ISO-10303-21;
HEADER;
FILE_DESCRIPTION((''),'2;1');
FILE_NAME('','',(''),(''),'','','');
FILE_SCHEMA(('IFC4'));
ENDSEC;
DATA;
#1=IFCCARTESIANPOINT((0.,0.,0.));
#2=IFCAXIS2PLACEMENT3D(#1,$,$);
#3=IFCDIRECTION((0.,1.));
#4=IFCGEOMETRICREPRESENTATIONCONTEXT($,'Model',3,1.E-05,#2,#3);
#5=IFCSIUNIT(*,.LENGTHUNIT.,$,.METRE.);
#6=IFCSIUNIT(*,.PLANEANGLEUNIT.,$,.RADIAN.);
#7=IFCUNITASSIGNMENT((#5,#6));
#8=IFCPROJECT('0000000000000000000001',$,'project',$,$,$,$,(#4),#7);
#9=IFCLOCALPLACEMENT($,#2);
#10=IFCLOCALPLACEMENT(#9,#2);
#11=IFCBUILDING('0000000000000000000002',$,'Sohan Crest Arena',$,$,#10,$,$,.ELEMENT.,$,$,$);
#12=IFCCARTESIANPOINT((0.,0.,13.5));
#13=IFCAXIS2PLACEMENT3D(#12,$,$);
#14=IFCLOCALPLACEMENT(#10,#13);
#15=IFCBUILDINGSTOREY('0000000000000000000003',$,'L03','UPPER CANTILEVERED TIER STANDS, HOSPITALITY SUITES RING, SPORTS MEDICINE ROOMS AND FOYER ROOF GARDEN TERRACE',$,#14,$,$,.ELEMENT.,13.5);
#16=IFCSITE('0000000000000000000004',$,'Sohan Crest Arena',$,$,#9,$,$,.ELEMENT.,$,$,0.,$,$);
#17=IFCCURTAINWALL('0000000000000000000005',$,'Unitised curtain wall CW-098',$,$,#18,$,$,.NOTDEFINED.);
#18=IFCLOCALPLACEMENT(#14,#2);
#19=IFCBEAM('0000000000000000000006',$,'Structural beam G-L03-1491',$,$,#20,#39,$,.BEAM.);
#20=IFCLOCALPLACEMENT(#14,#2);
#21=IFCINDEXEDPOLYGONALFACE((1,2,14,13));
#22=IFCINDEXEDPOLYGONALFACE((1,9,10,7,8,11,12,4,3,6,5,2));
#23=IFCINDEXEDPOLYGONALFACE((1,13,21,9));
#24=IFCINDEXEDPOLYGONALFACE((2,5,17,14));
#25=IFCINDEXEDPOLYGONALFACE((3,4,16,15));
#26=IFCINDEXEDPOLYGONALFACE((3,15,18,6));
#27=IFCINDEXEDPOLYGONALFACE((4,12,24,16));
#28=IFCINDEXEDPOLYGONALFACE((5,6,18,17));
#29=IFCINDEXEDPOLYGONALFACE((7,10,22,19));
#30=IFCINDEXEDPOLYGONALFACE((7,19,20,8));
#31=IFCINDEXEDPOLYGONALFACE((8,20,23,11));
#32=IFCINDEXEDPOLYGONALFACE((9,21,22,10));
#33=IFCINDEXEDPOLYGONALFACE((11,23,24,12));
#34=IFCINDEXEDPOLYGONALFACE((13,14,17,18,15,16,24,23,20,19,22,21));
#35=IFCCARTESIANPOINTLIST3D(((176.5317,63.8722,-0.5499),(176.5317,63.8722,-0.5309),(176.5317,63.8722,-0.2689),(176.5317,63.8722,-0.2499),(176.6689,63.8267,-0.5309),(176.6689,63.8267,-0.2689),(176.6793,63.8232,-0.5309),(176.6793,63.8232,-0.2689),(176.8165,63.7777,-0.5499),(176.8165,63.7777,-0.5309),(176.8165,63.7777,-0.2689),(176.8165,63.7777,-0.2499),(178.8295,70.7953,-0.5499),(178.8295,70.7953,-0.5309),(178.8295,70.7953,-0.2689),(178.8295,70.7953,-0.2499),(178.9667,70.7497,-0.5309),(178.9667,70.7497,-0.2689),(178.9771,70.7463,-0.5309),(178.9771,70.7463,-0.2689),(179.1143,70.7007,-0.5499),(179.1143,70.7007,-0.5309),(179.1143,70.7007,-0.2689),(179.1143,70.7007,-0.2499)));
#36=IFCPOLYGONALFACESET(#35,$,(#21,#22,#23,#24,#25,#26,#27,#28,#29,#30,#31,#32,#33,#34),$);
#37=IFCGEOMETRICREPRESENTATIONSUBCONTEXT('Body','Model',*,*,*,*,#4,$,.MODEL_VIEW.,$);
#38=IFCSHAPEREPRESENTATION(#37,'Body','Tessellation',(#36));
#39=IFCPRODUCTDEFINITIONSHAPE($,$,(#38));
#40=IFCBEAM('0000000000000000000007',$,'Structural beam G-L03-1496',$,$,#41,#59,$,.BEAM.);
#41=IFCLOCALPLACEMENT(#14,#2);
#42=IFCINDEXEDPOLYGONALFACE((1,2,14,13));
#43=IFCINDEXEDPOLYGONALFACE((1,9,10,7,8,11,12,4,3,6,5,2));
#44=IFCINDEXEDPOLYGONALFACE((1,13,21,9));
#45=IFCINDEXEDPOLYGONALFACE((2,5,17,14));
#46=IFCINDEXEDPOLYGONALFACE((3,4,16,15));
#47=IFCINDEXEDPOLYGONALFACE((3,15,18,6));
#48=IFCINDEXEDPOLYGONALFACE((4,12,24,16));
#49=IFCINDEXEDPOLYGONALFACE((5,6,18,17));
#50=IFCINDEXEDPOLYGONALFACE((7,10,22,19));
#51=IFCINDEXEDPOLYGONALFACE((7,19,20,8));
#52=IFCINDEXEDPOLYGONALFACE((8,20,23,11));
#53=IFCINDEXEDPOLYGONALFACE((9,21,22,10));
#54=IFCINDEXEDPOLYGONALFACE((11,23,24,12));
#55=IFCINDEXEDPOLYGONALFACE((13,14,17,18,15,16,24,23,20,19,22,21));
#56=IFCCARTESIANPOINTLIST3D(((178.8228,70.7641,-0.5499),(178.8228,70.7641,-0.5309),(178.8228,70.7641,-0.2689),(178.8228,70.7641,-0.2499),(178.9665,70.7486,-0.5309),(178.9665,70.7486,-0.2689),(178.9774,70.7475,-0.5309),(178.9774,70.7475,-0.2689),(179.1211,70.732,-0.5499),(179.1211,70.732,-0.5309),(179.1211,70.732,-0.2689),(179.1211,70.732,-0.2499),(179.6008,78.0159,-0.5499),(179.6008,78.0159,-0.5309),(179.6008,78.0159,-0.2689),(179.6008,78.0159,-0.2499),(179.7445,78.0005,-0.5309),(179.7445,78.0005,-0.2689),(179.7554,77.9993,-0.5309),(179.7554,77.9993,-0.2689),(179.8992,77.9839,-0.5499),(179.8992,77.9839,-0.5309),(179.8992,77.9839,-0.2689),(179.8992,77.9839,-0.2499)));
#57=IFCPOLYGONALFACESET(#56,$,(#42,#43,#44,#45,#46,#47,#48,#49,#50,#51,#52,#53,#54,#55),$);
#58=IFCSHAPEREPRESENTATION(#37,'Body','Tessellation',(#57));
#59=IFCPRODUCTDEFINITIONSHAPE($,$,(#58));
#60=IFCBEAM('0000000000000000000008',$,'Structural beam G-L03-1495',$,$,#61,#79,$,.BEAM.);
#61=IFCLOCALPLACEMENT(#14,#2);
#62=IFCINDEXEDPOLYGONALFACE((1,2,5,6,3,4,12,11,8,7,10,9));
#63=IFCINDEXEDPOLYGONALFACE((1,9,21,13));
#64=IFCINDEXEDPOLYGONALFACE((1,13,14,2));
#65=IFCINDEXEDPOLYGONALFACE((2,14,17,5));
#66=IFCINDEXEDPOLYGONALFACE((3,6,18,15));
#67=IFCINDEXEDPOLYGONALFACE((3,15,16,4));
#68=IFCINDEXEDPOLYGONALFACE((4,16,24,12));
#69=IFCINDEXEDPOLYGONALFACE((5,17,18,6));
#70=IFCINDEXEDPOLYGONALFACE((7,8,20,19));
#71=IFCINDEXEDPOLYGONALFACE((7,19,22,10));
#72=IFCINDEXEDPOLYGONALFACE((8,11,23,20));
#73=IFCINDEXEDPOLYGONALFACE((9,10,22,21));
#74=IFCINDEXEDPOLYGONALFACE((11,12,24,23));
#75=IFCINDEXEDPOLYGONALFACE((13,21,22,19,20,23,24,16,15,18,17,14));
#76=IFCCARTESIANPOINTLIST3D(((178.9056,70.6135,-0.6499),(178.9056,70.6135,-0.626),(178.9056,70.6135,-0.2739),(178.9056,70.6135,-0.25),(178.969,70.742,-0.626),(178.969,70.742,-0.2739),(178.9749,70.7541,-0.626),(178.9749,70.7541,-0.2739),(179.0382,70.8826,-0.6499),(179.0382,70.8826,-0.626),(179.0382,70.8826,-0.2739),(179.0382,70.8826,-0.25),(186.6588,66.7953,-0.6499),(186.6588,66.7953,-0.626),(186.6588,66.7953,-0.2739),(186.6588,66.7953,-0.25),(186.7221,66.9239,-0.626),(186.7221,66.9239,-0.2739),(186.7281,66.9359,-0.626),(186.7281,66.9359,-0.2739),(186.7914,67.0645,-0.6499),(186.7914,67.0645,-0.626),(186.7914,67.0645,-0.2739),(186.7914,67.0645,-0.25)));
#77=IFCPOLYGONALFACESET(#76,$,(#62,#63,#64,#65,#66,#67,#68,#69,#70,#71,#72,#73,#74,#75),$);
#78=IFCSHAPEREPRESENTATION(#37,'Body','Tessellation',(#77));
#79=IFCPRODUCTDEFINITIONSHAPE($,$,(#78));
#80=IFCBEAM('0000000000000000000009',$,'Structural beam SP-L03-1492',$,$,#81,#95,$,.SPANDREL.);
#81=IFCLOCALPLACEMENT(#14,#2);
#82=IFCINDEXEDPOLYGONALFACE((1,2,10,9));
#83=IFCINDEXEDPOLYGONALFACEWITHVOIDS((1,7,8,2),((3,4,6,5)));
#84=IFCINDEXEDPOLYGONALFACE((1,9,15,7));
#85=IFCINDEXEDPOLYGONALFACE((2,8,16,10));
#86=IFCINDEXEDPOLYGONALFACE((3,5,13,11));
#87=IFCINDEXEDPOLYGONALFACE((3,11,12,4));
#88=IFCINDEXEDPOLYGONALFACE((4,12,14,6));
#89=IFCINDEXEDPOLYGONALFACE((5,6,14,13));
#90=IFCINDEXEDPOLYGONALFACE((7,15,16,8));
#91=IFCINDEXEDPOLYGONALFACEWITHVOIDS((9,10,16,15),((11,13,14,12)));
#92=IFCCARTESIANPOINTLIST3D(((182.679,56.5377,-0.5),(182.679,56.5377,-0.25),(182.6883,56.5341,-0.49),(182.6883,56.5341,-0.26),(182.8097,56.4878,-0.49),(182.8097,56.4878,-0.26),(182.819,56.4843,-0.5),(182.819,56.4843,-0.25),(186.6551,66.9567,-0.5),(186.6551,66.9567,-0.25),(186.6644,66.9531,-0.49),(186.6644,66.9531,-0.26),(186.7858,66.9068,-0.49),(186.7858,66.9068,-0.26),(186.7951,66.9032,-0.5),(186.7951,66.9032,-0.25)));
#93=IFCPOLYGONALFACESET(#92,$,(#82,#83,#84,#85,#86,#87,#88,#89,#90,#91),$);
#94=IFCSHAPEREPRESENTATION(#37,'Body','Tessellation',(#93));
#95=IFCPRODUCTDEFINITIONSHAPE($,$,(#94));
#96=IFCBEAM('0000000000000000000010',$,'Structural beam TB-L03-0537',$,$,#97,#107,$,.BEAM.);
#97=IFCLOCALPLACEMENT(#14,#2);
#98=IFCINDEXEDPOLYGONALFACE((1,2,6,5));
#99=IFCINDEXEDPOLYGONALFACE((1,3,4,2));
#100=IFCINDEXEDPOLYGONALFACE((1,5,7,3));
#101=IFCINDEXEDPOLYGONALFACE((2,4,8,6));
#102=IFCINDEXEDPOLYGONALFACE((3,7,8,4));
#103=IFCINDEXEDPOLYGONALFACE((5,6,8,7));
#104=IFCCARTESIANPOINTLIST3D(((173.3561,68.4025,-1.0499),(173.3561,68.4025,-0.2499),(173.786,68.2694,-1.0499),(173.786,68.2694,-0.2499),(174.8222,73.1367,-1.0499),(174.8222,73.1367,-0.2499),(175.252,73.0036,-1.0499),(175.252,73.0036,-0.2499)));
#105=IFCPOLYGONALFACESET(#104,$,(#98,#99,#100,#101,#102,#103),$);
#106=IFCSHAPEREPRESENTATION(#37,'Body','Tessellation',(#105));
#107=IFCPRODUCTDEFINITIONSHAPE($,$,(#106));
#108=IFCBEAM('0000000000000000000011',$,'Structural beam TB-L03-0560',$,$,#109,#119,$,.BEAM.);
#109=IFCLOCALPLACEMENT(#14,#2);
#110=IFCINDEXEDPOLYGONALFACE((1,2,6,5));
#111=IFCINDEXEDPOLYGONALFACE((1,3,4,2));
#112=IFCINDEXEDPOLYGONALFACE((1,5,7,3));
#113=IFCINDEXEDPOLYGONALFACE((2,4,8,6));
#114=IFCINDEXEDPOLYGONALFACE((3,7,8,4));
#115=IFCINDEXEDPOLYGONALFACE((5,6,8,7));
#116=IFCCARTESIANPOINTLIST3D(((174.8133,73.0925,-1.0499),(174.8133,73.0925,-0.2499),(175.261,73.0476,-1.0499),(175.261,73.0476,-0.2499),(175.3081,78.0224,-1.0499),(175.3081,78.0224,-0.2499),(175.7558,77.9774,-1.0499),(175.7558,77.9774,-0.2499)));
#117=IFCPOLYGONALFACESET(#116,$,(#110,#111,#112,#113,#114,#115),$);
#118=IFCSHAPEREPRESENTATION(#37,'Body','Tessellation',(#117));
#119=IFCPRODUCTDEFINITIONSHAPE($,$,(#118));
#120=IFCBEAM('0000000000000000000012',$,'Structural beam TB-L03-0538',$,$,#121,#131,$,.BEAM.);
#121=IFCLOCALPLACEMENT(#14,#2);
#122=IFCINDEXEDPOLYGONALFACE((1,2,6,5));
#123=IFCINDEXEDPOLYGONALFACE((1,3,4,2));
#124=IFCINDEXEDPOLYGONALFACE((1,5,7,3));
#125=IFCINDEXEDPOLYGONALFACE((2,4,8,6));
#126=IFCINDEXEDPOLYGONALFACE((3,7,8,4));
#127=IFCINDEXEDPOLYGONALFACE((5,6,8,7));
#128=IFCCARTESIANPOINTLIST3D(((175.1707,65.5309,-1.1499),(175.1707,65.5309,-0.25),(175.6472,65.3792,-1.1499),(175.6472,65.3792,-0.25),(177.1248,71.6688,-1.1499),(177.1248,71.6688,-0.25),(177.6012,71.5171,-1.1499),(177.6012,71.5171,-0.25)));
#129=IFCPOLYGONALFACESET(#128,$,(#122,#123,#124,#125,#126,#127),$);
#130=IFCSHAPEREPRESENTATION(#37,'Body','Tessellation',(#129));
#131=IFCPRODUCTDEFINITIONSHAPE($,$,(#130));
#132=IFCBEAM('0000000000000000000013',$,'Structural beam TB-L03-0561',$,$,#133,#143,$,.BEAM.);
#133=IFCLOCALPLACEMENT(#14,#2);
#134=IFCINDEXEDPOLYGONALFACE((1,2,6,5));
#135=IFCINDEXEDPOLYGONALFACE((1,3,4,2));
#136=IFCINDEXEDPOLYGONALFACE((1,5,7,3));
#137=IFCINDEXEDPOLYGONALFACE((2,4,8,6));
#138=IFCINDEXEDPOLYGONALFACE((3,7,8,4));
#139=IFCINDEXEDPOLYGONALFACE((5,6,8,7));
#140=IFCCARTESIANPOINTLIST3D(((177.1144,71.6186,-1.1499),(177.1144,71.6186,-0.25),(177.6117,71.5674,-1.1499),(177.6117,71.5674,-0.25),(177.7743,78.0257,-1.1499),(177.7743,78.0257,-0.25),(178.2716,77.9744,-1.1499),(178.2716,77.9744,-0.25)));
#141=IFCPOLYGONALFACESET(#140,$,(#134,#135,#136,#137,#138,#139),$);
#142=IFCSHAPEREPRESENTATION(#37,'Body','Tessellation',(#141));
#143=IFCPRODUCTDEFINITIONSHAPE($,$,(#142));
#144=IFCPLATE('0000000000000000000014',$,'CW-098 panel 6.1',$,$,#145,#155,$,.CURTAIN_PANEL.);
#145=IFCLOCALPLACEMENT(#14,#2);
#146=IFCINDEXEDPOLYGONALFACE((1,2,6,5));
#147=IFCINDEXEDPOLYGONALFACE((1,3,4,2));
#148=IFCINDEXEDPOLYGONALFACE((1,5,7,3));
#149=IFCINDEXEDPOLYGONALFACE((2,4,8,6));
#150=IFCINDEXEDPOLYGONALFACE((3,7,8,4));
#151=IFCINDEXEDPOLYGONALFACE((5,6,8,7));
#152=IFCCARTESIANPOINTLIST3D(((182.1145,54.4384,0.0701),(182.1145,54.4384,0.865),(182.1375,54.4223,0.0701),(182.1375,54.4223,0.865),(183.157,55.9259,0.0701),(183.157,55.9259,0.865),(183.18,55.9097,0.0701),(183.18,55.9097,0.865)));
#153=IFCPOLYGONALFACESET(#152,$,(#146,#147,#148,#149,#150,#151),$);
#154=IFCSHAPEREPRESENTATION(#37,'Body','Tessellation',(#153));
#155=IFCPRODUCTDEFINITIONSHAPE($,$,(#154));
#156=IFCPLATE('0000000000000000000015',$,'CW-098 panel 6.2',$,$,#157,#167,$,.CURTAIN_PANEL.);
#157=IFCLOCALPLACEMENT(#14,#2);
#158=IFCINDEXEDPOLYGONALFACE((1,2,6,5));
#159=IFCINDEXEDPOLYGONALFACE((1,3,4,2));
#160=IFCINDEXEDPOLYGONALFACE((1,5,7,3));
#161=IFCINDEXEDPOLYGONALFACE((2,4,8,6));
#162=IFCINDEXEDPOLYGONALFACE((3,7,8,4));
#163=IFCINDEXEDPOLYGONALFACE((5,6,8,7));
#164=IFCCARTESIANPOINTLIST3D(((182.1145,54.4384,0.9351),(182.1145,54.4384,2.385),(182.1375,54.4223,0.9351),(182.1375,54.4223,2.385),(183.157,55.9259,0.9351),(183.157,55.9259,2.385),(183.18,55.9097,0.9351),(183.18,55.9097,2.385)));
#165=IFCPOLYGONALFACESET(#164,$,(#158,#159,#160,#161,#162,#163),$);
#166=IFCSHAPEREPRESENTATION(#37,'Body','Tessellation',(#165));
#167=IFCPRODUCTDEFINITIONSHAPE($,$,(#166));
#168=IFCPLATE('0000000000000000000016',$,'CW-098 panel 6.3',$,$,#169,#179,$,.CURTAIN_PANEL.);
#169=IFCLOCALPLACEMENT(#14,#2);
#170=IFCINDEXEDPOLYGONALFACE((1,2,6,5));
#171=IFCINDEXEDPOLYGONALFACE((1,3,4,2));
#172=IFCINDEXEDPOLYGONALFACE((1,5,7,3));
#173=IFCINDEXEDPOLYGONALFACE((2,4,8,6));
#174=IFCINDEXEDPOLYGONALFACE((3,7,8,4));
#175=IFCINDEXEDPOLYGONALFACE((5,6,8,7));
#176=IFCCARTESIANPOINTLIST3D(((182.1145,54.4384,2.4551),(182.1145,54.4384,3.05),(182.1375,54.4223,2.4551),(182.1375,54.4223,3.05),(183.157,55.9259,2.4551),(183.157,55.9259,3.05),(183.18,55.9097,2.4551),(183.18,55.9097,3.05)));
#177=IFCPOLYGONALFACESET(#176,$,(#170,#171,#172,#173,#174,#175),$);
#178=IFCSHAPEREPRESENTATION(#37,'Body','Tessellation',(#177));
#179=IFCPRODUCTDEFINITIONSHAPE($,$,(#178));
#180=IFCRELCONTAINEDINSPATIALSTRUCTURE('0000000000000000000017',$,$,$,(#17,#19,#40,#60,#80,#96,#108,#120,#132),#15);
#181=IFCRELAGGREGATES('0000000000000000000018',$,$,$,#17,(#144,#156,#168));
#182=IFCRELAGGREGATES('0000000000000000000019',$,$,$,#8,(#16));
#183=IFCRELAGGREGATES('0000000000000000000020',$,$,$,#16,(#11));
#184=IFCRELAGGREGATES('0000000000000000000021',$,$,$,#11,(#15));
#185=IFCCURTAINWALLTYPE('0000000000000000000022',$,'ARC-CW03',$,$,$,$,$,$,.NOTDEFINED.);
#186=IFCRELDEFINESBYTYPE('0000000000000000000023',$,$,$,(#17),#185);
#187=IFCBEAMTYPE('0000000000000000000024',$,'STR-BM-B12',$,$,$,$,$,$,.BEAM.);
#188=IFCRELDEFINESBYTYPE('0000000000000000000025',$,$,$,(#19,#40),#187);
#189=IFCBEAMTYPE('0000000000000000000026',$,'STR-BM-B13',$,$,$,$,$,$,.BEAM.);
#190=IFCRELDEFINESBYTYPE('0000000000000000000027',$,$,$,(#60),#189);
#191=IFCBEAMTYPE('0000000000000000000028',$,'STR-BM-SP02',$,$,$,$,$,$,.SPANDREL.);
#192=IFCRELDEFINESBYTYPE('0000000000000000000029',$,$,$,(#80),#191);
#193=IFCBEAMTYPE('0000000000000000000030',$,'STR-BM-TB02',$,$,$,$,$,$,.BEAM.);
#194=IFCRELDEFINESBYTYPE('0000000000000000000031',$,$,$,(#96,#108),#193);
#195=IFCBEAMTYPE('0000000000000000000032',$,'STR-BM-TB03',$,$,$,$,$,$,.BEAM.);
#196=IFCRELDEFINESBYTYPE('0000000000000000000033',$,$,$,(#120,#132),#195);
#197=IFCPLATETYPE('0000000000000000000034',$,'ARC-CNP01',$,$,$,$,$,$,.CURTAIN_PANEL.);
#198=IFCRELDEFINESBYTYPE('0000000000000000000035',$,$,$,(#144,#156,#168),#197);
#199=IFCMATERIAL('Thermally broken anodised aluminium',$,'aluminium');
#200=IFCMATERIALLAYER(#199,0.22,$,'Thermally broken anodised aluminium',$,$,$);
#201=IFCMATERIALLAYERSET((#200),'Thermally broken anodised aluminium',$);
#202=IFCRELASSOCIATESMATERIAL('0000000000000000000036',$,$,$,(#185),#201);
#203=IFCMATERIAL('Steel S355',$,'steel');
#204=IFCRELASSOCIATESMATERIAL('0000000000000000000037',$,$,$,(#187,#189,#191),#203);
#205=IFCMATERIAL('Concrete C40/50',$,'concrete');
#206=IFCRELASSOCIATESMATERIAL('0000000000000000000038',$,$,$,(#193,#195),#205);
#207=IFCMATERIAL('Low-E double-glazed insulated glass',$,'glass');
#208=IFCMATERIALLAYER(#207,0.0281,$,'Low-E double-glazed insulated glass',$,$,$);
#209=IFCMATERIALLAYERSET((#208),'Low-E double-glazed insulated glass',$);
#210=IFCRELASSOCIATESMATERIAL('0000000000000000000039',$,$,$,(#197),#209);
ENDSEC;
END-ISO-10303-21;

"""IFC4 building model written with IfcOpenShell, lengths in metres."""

from ifc_helpers import new_model, si_unit, direction, frame, origin, origin_2d, place, context, subcontext, project, spatial, rectangle, hollow_rectangle, i_section, extrude, material, layer, layer_set, material_profile, profile_set, type_object, element, aggregate, save


model = new_model("IFC4")

# Units and contexts
model_context = context("Model", 3, precision=1e-05, world=origin(), true_north=direction((0.0, 1.0)))
body_context = subcontext(model_context, "Body", "Model", "MODEL_VIEW")
ifc_project = project(units=[si_unit("LENGTHUNIT", "METRE"), si_unit("PLANEANGLEUNIT", "RADIAN")], contexts=[model_context])

# Site, building, storey
site_placement = place(None, origin())
site = spatial("IfcSite", under=ifc_project, at=site_placement, Name="Sohan Crest Arena", CompositionType="ELEMENT", RefElevation=0.0)
building_placement = place(site_placement, origin())
building = spatial("IfcBuilding", under=site, at=building_placement, Name="Sohan Crest Arena", CompositionType="ELEMENT")
storey_placement = place(building_placement, frame((0.0, 0.0, 13.5)))
storey = spatial("IfcBuildingStorey", under=building, at=storey_placement, Name="L03", Description="UPPER CANTILEVERED TIER STANDS, HOSPITALITY SUITES RING, SPORTS MEDICINE ROOMS AND FOYER ROOF GARDEN TERRACE", CompositionType="ELEMENT", Elevation=13.5)

# Shared definitions
ifc_material_1 = material(Name="Concrete C40/50", Category="concrete")
ifc_material_2 = material(Name="Steel S355", Category="steel")

# Curtain wall
ifc_material_3 = material(Name="Thermally broken anodised aluminium", Category="aluminium")
ifc_layer_1 = layer(ifc_material_3, 0.22, Name="Thermally broken anodised aluminium")
ifc_layer_set_1 = layer_set([ifc_layer_1], Name="Thermally broken anodised aluminium")
curtain_wall_type_1 = type_object("IfcCurtainWallType", Name="ARC-CW03", PredefinedType="NOTDEFINED", material=ifc_layer_set_1)
curtain_wall_1_placement = place(storey_placement, origin())
curtain_wall_1 = element("IfcCurtainWall", 1, at=curtain_wall_1_placement, inside=storey, type_object=curtain_wall_type_1, Name="Unitised curtain wall CW-098", PredefinedType="NOTDEFINED")

# Beams
ifc_material_profile_1 = material_profile(ifc_material_2, i_section(OverallWidth=0.3, OverallDepth=0.3, WebThickness=0.011, FlangeThickness=0.019, at=origin_2d()), Name="HEB 300")
ifc_profile_set_1 = profile_set([ifc_material_profile_1], Name="Steel S355")
beam_type_1 = type_object("IfcBeamType", Name="STR-BM-B12", PredefinedType="BEAM", material=ifc_profile_set_1)
beam_1_placement = place(storey_placement, frame((176.6741, 63.825, -0.3999), z_axis=(0.315013, 0.949087, 0.0), x_axis=(-0.949087, 0.315013, 0.0)))
element("IfcBeam", 2, at=beam_1_placement, inside=storey, type_object=beam_type_1, Name="Structural beam G-L03-1491", PredefinedType="BEAM", context=body_context, shape_type="SweptSolid", body=[
    extrude(i_section(OverallWidth=0.3, OverallDepth=0.3, WebThickness=0.011, FlangeThickness=0.019, at=origin_2d()), origin(), (0.0, 0.0, 1.0), 7.2944),
])
beam_2_placement = place(storey_placement, frame((178.9719, 70.748, -0.3999), z_axis=(0.10668, 0.994293, 0.0), x_axis=(-0.994293, 0.10668, 0.0)))
element("IfcBeam", 3, at=beam_2_placement, inside=storey, type_object=beam_type_1, Name="Structural beam G-L03-1496", PredefinedType="BEAM", context=body_context, shape_type="SweptSolid", body=[
    extrude(i_section(OverallWidth=0.3, OverallDepth=0.3, WebThickness=0.011, FlangeThickness=0.019, at=origin_2d()), origin(), (0.0, 0.0, 1.0), 7.2935),
])
ifc_material_profile_2 = material_profile(ifc_material_2, i_section(OverallWidth=0.3, OverallDepth=0.3999, WebThickness=0.0134, FlangeThickness=0.0239, at=origin_2d()), Name="HEB 400")
ifc_profile_set_2 = profile_set([ifc_material_profile_2], Name="Steel S355")
beam_type_2 = type_object("IfcBeamType", Name="STR-BM-B13", PredefinedType="BEAM", material=ifc_profile_set_2)
beam_3_placement = place(storey_placement, frame((178.9719, 70.748, -0.45), z_axis=(0.897117, -0.441793, 0.0), x_axis=(0.441793, 0.897117, 0.0)))
element("IfcBeam", 4, at=beam_3_placement, inside=storey, type_object=beam_type_2, Name="Structural beam G-L03-1495", PredefinedType="BEAM", context=body_context, shape_type="SweptSolid", body=[
    extrude(i_section(OverallWidth=0.3, OverallDepth=0.3999, WebThickness=0.0134, FlangeThickness=0.0239, at=origin_2d()), origin(), (0.0, 0.0, 1.0), 8.6423),
])
ifc_material_profile_3 = material_profile(ifc_material_2, hollow_rectangle(XDim=0.1499, YDim=0.25, WallThickness=0.01, at=origin_2d()), Name="RHS 250x150x10")
ifc_profile_set_3 = profile_set([ifc_material_profile_3], Name="Steel S355")
beam_type_3 = type_object("IfcBeamType", Name="STR-BM-SP02", PredefinedType="SPANDREL", material=ifc_profile_set_3)
beam_4_placement = place(storey_placement, frame((182.749, 56.511, -0.375), z_axis=(0.35654, 0.93428, 0.0), x_axis=(-0.93428, 0.35654, 0.0)))
element("IfcBeam", 5, at=beam_4_placement, inside=storey, type_object=beam_type_3, Name="Structural beam SP-L03-1492", PredefinedType="SPANDREL", context=body_context, shape_type="SweptSolid", body=[
    extrude(hollow_rectangle(XDim=0.1499, YDim=0.25, WallThickness=0.01, at=origin_2d()), origin(), (0.0, 0.0, 1.0), 11.1519),
])
ifc_material_profile_4 = material_profile(ifc_material_1, rectangle(XDim=0.45, YDim=0.8, at=origin_2d()), Name="RC-BM 450x800")
ifc_profile_set_4 = profile_set([ifc_material_profile_4], Name="Concrete C40/50")
beam_type_4 = type_object("IfcBeamType", Name="STR-BM-TB02", PredefinedType="BEAM", material=ifc_profile_set_4)
beam_5_placement = place(storey_placement, frame((173.571, 68.3359, -0.6499), z_axis=(0.29582, 0.955244, 0.0), x_axis=(-0.955244, 0.29582, 0.0)))
element("IfcBeam", 6, at=beam_5_placement, inside=storey, type_object=beam_type_4, Name="Structural beam TB-L03-0537", PredefinedType="BEAM", context=body_context, shape_type="SweptSolid", body=[
    extrude(rectangle(XDim=0.45, YDim=0.8, at=origin_2d()), origin(), (0.0, 0.0, 1.0), 4.9561),
])
beam_6_placement = place(storey_placement, frame((175.0371, 73.0701, -0.6499), z_axis=(0.099879, 0.995, 0.0), x_axis=(-0.995, 0.099879, 0.0)))
element("IfcBeam", 7, at=beam_6_placement, inside=storey, type_object=beam_type_4, Name="Structural beam TB-L03-0560", PredefinedType="BEAM", context=body_context, shape_type="SweptSolid", body=[
    extrude(rectangle(XDim=0.45, YDim=0.8, at=origin_2d()), origin(), (0.0, 0.0, 1.0), 4.9546),
])
ifc_material_profile_5 = material_profile(ifc_material_1, rectangle(XDim=0.5, YDim=0.8999, at=origin_2d()), Name="RC-BM 500x900")
ifc_profile_set_5 = profile_set([ifc_material_profile_5], Name="Concrete C40/50")
beam_type_5 = type_object("IfcBeamType", Name="STR-BM-TB03", PredefinedType="BEAM", material=ifc_profile_set_5)
beam_7_placement = place(storey_placement, frame((175.4089, 65.4551, -0.7), z_axis=(0.303362, 0.952875, 0.0), x_axis=(-0.952875, 0.303362, 0.0)))
element("IfcBeam", 8, at=beam_7_placement, inside=storey, type_object=beam_type_5, Name="Structural beam TB-L03-0538", PredefinedType="BEAM", context=body_context, shape_type="SweptSolid", body=[
    extrude(rectangle(XDim=0.5, YDim=0.8999, at=origin_2d()), origin(), (0.0, 0.0, 1.0), 6.4414),
])
beam_8_placement = place(storey_placement, frame((177.363, 71.593, -0.7), z_axis=(0.102457, 0.994737, 0.0), x_axis=(-0.994737, 0.102457, 0.0)))
element("IfcBeam", 9, at=beam_8_placement, inside=storey, type_object=beam_type_5, Name="Structural beam TB-L03-0561", PredefinedType="BEAM", context=body_context, shape_type="SweptSolid", body=[
    extrude(rectangle(XDim=0.5, YDim=0.8999, at=origin_2d()), origin(), (0.0, 0.0, 1.0), 6.4409),
])

# Plates
ifc_material_4 = material(Name="Low-E double-glazed insulated glass", Category="glass")
ifc_layer_2 = layer(ifc_material_4, 0.0281, Name="Low-E double-glazed insulated glass")
ifc_layer_set_2 = layer_set([ifc_layer_2], Name="Low-E double-glazed insulated glass")
plate_type = type_object("IfcPlateType", Name="ARC-CNP01", PredefinedType="CURTAIN_PANEL", material=ifc_layer_set_2)
plate_1_placement = place(storey_placement, frame((182.6472, 55.1741, 0.0701), z_axis=(0.0, 0.0, 1.0), x_axis=(0.573938, 0.818899, 0.0)))
plate_1 = element("IfcPlate", 10, at=plate_1_placement, type_object=plate_type, Name="CW-098 panel 6.1", PredefinedType="CURTAIN_PANEL", context=body_context, shape_type="SweptSolid", body=[
    extrude(rectangle(XDim=1.8164, YDim=0.0281, at=origin_2d()), origin(), (0.0, 0.0, 1.0), 0.7949),
])
plate_2_placement = place(storey_placement, frame((182.6472, 55.1741, 0.9351), z_axis=(0.0, 0.0, 1.0), x_axis=(0.573938, 0.818899, 0.0)))
plate_2 = element("IfcPlate", 11, at=plate_2_placement, type_object=plate_type, Name="CW-098 panel 6.2", PredefinedType="CURTAIN_PANEL", context=body_context, shape_type="SweptSolid", body=[
    extrude(rectangle(XDim=1.8164, YDim=0.0281, at=origin_2d()), origin(), (0.0, 0.0, 1.0), 1.45),
])
plate_3_placement = place(storey_placement, frame((182.6472, 55.1741, 2.4551), z_axis=(0.0, 0.0, 1.0), x_axis=(0.573938, 0.818899, 0.0)))
plate_3 = element("IfcPlate", 12, at=plate_3_placement, type_object=plate_type, Name="CW-098 panel 6.3", PredefinedType="CURTAIN_PANEL", context=body_context, shape_type="SweptSolid", body=[
    extrude(rectangle(XDim=1.8164, YDim=0.0281, at=origin_2d()), origin(), (0.0, 0.0, 1.0), 0.595),
])
aggregate(curtain_wall_1, [plate_1, plate_2, plate_3])

save(model, "model.ifc")
